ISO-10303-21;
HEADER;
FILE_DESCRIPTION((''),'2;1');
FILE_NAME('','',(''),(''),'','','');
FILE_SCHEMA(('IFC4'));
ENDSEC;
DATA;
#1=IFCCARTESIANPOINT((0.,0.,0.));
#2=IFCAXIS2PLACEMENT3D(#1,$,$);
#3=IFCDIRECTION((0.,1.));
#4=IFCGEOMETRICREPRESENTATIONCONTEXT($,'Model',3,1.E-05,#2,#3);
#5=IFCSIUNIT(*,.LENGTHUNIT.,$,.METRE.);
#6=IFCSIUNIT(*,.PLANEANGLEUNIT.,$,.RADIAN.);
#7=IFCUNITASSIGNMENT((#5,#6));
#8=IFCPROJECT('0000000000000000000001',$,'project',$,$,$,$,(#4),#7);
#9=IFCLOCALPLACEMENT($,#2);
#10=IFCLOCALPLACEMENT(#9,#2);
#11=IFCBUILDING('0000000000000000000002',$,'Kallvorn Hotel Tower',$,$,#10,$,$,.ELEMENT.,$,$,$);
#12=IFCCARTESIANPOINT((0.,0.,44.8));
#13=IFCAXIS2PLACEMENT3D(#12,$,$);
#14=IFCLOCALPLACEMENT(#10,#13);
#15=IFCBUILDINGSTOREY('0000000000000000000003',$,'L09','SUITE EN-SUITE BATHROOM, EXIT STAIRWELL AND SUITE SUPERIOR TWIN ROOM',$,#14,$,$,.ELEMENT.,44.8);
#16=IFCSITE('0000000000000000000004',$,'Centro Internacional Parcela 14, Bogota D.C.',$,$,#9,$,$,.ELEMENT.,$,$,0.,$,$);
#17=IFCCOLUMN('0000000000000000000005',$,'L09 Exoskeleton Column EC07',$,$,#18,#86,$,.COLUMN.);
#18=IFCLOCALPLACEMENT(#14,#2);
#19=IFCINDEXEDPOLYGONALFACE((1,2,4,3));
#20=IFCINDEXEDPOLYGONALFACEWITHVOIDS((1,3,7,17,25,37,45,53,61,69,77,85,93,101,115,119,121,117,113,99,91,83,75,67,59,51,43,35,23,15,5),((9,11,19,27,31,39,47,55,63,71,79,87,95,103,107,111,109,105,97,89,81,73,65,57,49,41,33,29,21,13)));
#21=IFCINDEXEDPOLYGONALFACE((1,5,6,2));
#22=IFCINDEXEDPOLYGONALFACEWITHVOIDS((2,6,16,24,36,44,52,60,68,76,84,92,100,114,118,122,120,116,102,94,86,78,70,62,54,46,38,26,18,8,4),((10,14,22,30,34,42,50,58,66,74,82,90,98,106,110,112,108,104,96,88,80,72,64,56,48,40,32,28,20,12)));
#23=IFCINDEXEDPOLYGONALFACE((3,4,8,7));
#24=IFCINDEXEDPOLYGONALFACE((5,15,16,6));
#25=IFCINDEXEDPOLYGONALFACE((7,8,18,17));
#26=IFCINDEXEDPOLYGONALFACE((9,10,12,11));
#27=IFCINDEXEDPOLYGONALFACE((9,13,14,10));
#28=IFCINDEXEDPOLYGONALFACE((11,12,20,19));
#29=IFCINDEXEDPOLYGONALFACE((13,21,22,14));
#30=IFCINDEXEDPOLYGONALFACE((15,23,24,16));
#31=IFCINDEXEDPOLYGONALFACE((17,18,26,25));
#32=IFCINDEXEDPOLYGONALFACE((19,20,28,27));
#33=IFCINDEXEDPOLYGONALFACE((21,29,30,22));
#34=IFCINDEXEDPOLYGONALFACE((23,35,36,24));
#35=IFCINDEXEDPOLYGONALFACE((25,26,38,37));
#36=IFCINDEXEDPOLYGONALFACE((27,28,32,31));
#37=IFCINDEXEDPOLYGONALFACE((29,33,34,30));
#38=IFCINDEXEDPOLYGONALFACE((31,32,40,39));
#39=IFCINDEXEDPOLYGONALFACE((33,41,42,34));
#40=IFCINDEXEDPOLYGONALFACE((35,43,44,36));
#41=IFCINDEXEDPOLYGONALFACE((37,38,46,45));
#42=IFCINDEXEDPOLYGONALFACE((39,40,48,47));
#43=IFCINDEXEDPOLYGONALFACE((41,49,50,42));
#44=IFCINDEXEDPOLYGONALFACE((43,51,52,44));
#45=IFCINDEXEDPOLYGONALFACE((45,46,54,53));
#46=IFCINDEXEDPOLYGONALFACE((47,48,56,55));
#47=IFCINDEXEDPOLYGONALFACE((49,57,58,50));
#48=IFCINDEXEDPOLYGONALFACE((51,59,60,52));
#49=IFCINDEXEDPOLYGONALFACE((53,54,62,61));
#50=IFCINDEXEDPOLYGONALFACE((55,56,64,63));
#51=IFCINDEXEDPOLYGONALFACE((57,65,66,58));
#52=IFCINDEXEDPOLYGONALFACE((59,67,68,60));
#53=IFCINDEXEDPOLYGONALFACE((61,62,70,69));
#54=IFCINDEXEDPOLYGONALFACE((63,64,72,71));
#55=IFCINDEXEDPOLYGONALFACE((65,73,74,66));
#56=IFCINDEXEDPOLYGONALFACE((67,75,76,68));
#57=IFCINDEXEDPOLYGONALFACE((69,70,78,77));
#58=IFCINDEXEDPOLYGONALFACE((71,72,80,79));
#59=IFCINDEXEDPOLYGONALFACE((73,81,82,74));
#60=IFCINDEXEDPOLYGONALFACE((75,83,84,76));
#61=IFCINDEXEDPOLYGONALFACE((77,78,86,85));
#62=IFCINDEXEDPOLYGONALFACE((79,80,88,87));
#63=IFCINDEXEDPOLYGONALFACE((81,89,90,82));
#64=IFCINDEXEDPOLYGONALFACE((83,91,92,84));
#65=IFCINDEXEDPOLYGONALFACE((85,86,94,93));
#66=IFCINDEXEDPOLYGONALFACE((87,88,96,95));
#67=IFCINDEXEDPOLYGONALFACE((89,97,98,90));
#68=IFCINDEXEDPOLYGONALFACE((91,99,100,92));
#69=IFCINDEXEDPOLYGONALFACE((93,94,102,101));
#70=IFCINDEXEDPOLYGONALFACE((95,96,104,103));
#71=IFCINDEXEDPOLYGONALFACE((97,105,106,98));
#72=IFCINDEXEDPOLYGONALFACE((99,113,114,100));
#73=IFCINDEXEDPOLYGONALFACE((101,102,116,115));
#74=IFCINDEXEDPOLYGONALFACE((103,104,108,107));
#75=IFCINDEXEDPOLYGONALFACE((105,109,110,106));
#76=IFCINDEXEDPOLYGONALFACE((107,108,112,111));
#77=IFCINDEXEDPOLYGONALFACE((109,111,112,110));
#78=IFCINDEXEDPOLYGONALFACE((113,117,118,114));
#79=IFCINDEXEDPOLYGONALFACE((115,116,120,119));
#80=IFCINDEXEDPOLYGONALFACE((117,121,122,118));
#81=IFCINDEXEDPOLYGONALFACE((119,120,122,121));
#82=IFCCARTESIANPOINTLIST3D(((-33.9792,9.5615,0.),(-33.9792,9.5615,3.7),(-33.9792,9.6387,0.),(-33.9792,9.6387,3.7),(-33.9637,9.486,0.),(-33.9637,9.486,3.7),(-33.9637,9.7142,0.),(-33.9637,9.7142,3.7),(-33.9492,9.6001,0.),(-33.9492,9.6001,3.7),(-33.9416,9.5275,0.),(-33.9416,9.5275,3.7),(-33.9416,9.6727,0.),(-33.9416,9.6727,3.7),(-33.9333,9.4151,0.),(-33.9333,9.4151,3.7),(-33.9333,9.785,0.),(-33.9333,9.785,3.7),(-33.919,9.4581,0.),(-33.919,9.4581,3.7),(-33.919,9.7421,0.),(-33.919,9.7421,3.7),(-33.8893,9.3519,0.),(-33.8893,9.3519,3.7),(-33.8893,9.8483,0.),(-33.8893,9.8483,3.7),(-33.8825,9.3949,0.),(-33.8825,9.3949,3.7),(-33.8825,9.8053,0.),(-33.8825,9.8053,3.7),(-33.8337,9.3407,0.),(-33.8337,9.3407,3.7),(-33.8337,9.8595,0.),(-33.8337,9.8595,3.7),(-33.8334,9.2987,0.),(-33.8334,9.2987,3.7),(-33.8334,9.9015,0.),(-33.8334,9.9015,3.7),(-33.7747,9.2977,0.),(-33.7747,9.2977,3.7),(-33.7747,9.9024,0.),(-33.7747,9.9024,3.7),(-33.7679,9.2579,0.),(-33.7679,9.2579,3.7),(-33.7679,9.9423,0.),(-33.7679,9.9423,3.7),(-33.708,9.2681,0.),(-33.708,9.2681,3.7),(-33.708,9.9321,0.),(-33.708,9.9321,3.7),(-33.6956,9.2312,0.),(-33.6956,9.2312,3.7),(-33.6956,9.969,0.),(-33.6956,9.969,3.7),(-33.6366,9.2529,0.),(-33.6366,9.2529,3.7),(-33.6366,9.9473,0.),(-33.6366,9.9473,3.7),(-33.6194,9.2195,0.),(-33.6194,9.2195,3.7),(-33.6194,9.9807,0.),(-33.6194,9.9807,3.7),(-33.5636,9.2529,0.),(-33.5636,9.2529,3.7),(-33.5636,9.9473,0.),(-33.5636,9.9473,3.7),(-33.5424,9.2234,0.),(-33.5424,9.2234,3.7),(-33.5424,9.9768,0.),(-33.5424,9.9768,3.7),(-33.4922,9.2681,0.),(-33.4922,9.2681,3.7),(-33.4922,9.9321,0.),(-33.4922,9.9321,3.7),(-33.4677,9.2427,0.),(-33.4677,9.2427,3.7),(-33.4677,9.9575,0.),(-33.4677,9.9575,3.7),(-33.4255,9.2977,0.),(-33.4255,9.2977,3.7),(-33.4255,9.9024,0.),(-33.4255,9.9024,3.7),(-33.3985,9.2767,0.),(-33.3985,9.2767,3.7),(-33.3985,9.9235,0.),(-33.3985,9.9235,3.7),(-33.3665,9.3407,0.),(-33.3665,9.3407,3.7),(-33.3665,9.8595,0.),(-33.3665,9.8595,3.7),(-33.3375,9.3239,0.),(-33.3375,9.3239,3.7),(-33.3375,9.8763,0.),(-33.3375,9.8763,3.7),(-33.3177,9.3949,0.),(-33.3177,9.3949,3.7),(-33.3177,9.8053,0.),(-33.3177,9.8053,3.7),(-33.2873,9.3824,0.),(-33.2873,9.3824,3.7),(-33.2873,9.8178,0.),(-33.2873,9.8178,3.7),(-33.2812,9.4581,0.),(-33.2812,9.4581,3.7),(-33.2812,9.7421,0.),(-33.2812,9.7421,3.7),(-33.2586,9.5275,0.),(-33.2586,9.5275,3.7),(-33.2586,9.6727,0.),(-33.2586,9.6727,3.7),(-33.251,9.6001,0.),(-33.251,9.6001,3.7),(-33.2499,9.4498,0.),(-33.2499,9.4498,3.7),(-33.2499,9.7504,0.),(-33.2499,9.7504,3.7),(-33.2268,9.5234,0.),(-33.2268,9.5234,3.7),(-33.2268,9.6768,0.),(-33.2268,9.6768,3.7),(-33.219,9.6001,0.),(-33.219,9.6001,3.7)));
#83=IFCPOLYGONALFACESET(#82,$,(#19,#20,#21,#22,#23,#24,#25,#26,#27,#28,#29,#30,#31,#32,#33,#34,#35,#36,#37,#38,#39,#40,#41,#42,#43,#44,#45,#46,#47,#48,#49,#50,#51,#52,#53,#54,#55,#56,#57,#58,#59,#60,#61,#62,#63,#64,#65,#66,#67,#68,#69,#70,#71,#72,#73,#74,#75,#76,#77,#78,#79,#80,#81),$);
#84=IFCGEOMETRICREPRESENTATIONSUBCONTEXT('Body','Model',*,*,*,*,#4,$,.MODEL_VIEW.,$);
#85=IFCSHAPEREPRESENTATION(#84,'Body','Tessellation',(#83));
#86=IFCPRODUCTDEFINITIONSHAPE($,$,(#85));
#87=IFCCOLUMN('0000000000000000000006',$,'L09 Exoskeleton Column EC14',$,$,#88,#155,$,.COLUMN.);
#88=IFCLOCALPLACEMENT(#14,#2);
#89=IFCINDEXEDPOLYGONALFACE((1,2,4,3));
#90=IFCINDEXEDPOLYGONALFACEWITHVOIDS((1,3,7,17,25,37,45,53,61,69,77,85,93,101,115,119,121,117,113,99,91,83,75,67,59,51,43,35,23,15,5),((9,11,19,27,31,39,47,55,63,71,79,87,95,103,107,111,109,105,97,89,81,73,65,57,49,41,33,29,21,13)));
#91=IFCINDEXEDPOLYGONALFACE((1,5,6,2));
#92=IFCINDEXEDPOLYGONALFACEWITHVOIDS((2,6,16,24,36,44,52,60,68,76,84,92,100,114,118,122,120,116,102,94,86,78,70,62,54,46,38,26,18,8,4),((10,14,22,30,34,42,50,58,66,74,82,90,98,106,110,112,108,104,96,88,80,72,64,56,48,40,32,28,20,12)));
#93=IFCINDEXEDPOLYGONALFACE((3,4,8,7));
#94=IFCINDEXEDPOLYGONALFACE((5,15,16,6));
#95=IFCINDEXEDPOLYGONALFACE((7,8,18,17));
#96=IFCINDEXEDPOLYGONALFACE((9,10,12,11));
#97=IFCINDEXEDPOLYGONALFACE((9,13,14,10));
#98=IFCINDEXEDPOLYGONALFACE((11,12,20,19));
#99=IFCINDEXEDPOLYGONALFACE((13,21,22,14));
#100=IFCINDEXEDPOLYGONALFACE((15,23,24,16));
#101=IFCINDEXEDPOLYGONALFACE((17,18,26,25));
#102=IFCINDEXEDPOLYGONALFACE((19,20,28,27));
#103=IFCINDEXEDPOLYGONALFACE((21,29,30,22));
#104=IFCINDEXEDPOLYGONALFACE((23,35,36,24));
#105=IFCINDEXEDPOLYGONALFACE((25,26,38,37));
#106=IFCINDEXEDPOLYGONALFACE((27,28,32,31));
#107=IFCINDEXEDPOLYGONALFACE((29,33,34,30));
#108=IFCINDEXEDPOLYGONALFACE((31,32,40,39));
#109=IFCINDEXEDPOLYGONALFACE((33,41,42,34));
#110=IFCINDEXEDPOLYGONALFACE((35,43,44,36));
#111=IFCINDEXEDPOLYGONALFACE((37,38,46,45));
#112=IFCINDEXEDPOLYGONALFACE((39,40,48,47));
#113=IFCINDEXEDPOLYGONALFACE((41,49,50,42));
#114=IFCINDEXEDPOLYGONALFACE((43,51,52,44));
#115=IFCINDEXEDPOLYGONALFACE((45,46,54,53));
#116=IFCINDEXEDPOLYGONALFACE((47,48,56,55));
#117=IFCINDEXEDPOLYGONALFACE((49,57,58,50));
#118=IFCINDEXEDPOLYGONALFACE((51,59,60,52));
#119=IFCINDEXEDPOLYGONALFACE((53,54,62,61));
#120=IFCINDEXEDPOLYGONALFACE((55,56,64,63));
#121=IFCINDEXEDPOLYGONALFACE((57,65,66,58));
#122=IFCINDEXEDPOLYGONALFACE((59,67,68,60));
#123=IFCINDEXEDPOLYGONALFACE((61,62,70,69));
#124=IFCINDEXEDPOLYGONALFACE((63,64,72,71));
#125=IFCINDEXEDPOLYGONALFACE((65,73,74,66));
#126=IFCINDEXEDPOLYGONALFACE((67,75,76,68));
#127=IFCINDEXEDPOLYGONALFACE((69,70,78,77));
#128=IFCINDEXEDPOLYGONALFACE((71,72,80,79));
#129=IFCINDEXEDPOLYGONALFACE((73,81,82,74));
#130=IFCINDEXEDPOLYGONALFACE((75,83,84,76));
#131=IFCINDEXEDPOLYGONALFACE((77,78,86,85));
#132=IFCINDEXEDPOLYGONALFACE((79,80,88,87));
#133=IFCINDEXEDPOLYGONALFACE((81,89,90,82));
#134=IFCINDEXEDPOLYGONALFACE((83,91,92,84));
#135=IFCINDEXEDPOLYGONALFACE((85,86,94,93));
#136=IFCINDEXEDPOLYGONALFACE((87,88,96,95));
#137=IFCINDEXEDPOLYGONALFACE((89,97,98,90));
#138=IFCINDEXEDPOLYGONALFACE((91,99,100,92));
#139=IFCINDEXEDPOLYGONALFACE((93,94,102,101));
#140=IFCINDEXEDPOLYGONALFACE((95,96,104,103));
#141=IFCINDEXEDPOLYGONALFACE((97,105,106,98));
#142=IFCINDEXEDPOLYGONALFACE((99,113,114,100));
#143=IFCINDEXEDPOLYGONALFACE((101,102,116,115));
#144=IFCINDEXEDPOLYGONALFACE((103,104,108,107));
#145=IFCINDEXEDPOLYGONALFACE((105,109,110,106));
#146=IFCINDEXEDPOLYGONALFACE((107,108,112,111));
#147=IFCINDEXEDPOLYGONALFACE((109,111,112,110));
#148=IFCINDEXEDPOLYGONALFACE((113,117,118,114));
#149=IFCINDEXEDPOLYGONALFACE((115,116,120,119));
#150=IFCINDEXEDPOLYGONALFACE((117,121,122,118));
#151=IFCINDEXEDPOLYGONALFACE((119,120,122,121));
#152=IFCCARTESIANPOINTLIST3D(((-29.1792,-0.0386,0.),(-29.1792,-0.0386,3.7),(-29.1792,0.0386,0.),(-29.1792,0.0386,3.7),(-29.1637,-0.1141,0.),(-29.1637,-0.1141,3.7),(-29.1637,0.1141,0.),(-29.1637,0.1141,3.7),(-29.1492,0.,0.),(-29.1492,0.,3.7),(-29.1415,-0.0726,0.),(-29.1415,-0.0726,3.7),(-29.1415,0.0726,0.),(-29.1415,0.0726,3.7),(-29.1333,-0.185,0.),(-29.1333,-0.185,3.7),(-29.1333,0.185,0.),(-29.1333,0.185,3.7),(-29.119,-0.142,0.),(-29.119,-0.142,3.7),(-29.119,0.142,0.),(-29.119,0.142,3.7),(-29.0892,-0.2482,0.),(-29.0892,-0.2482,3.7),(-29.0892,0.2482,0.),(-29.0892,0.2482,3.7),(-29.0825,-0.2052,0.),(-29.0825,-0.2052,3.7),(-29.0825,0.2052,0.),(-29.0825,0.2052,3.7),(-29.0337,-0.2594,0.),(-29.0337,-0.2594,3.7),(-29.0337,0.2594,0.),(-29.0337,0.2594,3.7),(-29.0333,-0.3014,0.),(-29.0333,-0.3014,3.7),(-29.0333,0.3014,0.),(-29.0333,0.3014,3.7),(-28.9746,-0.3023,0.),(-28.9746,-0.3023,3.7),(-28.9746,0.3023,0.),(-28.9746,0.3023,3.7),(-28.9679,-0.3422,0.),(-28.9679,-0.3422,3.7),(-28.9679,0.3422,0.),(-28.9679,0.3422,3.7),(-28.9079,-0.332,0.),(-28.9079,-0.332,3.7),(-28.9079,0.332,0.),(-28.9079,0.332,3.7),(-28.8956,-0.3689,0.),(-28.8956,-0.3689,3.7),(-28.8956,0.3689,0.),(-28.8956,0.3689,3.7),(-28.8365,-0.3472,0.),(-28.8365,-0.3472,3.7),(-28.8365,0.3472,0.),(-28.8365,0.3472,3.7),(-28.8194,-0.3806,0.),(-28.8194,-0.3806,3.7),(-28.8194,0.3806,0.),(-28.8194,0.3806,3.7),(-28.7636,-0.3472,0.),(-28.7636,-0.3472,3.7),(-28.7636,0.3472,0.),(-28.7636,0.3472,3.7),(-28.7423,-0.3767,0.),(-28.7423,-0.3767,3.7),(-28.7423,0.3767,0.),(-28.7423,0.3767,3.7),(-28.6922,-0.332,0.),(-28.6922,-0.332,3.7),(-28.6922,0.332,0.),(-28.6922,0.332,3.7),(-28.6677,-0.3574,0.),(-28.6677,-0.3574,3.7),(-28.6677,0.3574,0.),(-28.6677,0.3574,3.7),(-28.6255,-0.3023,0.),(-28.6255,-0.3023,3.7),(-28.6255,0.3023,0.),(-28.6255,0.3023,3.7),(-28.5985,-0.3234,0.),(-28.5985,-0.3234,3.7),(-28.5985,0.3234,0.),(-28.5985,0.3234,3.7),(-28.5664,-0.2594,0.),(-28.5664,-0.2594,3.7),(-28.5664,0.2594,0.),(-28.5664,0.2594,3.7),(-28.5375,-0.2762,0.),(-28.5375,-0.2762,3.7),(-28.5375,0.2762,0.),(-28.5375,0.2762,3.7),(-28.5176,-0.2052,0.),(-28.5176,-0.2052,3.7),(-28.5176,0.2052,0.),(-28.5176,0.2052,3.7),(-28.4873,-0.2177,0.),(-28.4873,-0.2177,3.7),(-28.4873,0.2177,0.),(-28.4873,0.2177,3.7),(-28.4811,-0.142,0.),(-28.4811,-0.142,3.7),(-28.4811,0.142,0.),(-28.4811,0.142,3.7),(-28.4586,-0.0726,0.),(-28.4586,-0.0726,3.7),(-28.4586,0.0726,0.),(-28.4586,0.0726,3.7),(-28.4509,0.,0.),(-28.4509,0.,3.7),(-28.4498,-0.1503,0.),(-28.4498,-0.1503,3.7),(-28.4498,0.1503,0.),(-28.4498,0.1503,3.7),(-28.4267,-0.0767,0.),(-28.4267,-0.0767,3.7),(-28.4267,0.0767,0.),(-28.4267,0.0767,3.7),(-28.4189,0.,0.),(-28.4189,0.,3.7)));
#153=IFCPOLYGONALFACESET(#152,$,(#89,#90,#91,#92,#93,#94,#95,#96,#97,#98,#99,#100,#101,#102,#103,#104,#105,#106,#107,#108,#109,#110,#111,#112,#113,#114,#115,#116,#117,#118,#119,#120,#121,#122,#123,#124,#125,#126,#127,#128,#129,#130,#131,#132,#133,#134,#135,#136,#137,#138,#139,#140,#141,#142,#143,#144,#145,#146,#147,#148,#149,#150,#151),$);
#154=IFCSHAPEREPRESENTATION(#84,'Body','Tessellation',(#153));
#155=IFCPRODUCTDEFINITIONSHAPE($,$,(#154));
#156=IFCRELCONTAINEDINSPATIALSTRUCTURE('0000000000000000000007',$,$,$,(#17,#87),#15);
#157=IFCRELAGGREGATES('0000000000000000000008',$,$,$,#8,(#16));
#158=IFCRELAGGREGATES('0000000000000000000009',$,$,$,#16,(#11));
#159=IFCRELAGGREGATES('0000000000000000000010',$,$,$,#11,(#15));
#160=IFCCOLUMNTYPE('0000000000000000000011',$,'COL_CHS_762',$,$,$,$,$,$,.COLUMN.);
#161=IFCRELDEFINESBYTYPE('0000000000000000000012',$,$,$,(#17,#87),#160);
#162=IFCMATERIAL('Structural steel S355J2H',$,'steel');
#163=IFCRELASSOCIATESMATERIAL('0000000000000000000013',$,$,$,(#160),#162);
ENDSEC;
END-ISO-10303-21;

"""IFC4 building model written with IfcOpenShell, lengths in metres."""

from ifc_helpers import new_model, si_unit, direction, frame, origin, origin_2d, place, context, subcontext, project, spatial, hollow_circle, extrude, material, material_profile, profile_set, type_object, element, save


model = new_model("IFC4")

# Units and contexts
model_context = context("Model", 3, precision=1e-05, world=origin(), true_north=direction((0.0, 1.0)))
body_context = subcontext(model_context, "Body", "Model", "MODEL_VIEW")
ifc_project = project(units=[si_unit("LENGTHUNIT", "METRE"), si_unit("PLANEANGLEUNIT", "RADIAN")], contexts=[model_context])

# Site, building, storey
site_placement = place(None, origin())
site = spatial("IfcSite", under=ifc_project, at=site_placement, Name="Centro Internacional Parcela 14, Bogota D.C.", CompositionType="ELEMENT", RefElevation=0.0)
building_placement = place(site_placement, origin())
building = spatial("IfcBuilding", under=site, at=building_placement, Name="Kallvorn Hotel Tower", CompositionType="ELEMENT")
storey_placement = place(building_placement, frame((0.0, 0.0, 44.8)))
storey = spatial("IfcBuildingStorey", under=building, at=storey_placement, Name="L09", Description="SUITE EN-SUITE BATHROOM, EXIT STAIRWELL AND SUITE SUPERIOR TWIN ROOM", CompositionType="ELEMENT", Elevation=44.8)

# Columns
ifc_material_1 = material(Name="Structural steel S355J2H", Category="steel")
ifc_material_profile_1 = material_profile(ifc_material_1, hollow_circle(Radius=0.3811, WallThickness=0.032, at=origin_2d()), Name="CHS 762x32")
ifc_profile_set_1 = profile_set([ifc_material_profile_1], Name="Structural steel S355J2H")
column_type = type_object("IfcColumnType", Name="COL_CHS_762", PredefinedType="COLUMN", material=ifc_profile_set_1)
for number, where, z_axis, x_axis, name in (
    (1, (-33.6001, 9.6001, 0.0), (0.0, 0.0, 1.0), (1.0, 0.0, 0.0), "L09 Exoskeleton Column EC07"),
    (2, (-28.8, 0.0, 0.0), (0.0, 0.0, 1.0), (1.0, 0.0, 0.0), "L09 Exoskeleton Column EC14"),
):
    element("IfcColumn", number, at=place(storey_placement, frame(where, z_axis=z_axis, x_axis=x_axis)), inside=storey, type_object=column_type, Name=name, PredefinedType="COLUMN", context=body_context, shape_type="SweptSolid", body=[
        extrude(hollow_circle(Radius=0.3811, WallThickness=0.032, at=origin_2d()), origin(), (0.0, 0.0, 1.0), 3.7),
    ])

save(model, "model.ifc")
